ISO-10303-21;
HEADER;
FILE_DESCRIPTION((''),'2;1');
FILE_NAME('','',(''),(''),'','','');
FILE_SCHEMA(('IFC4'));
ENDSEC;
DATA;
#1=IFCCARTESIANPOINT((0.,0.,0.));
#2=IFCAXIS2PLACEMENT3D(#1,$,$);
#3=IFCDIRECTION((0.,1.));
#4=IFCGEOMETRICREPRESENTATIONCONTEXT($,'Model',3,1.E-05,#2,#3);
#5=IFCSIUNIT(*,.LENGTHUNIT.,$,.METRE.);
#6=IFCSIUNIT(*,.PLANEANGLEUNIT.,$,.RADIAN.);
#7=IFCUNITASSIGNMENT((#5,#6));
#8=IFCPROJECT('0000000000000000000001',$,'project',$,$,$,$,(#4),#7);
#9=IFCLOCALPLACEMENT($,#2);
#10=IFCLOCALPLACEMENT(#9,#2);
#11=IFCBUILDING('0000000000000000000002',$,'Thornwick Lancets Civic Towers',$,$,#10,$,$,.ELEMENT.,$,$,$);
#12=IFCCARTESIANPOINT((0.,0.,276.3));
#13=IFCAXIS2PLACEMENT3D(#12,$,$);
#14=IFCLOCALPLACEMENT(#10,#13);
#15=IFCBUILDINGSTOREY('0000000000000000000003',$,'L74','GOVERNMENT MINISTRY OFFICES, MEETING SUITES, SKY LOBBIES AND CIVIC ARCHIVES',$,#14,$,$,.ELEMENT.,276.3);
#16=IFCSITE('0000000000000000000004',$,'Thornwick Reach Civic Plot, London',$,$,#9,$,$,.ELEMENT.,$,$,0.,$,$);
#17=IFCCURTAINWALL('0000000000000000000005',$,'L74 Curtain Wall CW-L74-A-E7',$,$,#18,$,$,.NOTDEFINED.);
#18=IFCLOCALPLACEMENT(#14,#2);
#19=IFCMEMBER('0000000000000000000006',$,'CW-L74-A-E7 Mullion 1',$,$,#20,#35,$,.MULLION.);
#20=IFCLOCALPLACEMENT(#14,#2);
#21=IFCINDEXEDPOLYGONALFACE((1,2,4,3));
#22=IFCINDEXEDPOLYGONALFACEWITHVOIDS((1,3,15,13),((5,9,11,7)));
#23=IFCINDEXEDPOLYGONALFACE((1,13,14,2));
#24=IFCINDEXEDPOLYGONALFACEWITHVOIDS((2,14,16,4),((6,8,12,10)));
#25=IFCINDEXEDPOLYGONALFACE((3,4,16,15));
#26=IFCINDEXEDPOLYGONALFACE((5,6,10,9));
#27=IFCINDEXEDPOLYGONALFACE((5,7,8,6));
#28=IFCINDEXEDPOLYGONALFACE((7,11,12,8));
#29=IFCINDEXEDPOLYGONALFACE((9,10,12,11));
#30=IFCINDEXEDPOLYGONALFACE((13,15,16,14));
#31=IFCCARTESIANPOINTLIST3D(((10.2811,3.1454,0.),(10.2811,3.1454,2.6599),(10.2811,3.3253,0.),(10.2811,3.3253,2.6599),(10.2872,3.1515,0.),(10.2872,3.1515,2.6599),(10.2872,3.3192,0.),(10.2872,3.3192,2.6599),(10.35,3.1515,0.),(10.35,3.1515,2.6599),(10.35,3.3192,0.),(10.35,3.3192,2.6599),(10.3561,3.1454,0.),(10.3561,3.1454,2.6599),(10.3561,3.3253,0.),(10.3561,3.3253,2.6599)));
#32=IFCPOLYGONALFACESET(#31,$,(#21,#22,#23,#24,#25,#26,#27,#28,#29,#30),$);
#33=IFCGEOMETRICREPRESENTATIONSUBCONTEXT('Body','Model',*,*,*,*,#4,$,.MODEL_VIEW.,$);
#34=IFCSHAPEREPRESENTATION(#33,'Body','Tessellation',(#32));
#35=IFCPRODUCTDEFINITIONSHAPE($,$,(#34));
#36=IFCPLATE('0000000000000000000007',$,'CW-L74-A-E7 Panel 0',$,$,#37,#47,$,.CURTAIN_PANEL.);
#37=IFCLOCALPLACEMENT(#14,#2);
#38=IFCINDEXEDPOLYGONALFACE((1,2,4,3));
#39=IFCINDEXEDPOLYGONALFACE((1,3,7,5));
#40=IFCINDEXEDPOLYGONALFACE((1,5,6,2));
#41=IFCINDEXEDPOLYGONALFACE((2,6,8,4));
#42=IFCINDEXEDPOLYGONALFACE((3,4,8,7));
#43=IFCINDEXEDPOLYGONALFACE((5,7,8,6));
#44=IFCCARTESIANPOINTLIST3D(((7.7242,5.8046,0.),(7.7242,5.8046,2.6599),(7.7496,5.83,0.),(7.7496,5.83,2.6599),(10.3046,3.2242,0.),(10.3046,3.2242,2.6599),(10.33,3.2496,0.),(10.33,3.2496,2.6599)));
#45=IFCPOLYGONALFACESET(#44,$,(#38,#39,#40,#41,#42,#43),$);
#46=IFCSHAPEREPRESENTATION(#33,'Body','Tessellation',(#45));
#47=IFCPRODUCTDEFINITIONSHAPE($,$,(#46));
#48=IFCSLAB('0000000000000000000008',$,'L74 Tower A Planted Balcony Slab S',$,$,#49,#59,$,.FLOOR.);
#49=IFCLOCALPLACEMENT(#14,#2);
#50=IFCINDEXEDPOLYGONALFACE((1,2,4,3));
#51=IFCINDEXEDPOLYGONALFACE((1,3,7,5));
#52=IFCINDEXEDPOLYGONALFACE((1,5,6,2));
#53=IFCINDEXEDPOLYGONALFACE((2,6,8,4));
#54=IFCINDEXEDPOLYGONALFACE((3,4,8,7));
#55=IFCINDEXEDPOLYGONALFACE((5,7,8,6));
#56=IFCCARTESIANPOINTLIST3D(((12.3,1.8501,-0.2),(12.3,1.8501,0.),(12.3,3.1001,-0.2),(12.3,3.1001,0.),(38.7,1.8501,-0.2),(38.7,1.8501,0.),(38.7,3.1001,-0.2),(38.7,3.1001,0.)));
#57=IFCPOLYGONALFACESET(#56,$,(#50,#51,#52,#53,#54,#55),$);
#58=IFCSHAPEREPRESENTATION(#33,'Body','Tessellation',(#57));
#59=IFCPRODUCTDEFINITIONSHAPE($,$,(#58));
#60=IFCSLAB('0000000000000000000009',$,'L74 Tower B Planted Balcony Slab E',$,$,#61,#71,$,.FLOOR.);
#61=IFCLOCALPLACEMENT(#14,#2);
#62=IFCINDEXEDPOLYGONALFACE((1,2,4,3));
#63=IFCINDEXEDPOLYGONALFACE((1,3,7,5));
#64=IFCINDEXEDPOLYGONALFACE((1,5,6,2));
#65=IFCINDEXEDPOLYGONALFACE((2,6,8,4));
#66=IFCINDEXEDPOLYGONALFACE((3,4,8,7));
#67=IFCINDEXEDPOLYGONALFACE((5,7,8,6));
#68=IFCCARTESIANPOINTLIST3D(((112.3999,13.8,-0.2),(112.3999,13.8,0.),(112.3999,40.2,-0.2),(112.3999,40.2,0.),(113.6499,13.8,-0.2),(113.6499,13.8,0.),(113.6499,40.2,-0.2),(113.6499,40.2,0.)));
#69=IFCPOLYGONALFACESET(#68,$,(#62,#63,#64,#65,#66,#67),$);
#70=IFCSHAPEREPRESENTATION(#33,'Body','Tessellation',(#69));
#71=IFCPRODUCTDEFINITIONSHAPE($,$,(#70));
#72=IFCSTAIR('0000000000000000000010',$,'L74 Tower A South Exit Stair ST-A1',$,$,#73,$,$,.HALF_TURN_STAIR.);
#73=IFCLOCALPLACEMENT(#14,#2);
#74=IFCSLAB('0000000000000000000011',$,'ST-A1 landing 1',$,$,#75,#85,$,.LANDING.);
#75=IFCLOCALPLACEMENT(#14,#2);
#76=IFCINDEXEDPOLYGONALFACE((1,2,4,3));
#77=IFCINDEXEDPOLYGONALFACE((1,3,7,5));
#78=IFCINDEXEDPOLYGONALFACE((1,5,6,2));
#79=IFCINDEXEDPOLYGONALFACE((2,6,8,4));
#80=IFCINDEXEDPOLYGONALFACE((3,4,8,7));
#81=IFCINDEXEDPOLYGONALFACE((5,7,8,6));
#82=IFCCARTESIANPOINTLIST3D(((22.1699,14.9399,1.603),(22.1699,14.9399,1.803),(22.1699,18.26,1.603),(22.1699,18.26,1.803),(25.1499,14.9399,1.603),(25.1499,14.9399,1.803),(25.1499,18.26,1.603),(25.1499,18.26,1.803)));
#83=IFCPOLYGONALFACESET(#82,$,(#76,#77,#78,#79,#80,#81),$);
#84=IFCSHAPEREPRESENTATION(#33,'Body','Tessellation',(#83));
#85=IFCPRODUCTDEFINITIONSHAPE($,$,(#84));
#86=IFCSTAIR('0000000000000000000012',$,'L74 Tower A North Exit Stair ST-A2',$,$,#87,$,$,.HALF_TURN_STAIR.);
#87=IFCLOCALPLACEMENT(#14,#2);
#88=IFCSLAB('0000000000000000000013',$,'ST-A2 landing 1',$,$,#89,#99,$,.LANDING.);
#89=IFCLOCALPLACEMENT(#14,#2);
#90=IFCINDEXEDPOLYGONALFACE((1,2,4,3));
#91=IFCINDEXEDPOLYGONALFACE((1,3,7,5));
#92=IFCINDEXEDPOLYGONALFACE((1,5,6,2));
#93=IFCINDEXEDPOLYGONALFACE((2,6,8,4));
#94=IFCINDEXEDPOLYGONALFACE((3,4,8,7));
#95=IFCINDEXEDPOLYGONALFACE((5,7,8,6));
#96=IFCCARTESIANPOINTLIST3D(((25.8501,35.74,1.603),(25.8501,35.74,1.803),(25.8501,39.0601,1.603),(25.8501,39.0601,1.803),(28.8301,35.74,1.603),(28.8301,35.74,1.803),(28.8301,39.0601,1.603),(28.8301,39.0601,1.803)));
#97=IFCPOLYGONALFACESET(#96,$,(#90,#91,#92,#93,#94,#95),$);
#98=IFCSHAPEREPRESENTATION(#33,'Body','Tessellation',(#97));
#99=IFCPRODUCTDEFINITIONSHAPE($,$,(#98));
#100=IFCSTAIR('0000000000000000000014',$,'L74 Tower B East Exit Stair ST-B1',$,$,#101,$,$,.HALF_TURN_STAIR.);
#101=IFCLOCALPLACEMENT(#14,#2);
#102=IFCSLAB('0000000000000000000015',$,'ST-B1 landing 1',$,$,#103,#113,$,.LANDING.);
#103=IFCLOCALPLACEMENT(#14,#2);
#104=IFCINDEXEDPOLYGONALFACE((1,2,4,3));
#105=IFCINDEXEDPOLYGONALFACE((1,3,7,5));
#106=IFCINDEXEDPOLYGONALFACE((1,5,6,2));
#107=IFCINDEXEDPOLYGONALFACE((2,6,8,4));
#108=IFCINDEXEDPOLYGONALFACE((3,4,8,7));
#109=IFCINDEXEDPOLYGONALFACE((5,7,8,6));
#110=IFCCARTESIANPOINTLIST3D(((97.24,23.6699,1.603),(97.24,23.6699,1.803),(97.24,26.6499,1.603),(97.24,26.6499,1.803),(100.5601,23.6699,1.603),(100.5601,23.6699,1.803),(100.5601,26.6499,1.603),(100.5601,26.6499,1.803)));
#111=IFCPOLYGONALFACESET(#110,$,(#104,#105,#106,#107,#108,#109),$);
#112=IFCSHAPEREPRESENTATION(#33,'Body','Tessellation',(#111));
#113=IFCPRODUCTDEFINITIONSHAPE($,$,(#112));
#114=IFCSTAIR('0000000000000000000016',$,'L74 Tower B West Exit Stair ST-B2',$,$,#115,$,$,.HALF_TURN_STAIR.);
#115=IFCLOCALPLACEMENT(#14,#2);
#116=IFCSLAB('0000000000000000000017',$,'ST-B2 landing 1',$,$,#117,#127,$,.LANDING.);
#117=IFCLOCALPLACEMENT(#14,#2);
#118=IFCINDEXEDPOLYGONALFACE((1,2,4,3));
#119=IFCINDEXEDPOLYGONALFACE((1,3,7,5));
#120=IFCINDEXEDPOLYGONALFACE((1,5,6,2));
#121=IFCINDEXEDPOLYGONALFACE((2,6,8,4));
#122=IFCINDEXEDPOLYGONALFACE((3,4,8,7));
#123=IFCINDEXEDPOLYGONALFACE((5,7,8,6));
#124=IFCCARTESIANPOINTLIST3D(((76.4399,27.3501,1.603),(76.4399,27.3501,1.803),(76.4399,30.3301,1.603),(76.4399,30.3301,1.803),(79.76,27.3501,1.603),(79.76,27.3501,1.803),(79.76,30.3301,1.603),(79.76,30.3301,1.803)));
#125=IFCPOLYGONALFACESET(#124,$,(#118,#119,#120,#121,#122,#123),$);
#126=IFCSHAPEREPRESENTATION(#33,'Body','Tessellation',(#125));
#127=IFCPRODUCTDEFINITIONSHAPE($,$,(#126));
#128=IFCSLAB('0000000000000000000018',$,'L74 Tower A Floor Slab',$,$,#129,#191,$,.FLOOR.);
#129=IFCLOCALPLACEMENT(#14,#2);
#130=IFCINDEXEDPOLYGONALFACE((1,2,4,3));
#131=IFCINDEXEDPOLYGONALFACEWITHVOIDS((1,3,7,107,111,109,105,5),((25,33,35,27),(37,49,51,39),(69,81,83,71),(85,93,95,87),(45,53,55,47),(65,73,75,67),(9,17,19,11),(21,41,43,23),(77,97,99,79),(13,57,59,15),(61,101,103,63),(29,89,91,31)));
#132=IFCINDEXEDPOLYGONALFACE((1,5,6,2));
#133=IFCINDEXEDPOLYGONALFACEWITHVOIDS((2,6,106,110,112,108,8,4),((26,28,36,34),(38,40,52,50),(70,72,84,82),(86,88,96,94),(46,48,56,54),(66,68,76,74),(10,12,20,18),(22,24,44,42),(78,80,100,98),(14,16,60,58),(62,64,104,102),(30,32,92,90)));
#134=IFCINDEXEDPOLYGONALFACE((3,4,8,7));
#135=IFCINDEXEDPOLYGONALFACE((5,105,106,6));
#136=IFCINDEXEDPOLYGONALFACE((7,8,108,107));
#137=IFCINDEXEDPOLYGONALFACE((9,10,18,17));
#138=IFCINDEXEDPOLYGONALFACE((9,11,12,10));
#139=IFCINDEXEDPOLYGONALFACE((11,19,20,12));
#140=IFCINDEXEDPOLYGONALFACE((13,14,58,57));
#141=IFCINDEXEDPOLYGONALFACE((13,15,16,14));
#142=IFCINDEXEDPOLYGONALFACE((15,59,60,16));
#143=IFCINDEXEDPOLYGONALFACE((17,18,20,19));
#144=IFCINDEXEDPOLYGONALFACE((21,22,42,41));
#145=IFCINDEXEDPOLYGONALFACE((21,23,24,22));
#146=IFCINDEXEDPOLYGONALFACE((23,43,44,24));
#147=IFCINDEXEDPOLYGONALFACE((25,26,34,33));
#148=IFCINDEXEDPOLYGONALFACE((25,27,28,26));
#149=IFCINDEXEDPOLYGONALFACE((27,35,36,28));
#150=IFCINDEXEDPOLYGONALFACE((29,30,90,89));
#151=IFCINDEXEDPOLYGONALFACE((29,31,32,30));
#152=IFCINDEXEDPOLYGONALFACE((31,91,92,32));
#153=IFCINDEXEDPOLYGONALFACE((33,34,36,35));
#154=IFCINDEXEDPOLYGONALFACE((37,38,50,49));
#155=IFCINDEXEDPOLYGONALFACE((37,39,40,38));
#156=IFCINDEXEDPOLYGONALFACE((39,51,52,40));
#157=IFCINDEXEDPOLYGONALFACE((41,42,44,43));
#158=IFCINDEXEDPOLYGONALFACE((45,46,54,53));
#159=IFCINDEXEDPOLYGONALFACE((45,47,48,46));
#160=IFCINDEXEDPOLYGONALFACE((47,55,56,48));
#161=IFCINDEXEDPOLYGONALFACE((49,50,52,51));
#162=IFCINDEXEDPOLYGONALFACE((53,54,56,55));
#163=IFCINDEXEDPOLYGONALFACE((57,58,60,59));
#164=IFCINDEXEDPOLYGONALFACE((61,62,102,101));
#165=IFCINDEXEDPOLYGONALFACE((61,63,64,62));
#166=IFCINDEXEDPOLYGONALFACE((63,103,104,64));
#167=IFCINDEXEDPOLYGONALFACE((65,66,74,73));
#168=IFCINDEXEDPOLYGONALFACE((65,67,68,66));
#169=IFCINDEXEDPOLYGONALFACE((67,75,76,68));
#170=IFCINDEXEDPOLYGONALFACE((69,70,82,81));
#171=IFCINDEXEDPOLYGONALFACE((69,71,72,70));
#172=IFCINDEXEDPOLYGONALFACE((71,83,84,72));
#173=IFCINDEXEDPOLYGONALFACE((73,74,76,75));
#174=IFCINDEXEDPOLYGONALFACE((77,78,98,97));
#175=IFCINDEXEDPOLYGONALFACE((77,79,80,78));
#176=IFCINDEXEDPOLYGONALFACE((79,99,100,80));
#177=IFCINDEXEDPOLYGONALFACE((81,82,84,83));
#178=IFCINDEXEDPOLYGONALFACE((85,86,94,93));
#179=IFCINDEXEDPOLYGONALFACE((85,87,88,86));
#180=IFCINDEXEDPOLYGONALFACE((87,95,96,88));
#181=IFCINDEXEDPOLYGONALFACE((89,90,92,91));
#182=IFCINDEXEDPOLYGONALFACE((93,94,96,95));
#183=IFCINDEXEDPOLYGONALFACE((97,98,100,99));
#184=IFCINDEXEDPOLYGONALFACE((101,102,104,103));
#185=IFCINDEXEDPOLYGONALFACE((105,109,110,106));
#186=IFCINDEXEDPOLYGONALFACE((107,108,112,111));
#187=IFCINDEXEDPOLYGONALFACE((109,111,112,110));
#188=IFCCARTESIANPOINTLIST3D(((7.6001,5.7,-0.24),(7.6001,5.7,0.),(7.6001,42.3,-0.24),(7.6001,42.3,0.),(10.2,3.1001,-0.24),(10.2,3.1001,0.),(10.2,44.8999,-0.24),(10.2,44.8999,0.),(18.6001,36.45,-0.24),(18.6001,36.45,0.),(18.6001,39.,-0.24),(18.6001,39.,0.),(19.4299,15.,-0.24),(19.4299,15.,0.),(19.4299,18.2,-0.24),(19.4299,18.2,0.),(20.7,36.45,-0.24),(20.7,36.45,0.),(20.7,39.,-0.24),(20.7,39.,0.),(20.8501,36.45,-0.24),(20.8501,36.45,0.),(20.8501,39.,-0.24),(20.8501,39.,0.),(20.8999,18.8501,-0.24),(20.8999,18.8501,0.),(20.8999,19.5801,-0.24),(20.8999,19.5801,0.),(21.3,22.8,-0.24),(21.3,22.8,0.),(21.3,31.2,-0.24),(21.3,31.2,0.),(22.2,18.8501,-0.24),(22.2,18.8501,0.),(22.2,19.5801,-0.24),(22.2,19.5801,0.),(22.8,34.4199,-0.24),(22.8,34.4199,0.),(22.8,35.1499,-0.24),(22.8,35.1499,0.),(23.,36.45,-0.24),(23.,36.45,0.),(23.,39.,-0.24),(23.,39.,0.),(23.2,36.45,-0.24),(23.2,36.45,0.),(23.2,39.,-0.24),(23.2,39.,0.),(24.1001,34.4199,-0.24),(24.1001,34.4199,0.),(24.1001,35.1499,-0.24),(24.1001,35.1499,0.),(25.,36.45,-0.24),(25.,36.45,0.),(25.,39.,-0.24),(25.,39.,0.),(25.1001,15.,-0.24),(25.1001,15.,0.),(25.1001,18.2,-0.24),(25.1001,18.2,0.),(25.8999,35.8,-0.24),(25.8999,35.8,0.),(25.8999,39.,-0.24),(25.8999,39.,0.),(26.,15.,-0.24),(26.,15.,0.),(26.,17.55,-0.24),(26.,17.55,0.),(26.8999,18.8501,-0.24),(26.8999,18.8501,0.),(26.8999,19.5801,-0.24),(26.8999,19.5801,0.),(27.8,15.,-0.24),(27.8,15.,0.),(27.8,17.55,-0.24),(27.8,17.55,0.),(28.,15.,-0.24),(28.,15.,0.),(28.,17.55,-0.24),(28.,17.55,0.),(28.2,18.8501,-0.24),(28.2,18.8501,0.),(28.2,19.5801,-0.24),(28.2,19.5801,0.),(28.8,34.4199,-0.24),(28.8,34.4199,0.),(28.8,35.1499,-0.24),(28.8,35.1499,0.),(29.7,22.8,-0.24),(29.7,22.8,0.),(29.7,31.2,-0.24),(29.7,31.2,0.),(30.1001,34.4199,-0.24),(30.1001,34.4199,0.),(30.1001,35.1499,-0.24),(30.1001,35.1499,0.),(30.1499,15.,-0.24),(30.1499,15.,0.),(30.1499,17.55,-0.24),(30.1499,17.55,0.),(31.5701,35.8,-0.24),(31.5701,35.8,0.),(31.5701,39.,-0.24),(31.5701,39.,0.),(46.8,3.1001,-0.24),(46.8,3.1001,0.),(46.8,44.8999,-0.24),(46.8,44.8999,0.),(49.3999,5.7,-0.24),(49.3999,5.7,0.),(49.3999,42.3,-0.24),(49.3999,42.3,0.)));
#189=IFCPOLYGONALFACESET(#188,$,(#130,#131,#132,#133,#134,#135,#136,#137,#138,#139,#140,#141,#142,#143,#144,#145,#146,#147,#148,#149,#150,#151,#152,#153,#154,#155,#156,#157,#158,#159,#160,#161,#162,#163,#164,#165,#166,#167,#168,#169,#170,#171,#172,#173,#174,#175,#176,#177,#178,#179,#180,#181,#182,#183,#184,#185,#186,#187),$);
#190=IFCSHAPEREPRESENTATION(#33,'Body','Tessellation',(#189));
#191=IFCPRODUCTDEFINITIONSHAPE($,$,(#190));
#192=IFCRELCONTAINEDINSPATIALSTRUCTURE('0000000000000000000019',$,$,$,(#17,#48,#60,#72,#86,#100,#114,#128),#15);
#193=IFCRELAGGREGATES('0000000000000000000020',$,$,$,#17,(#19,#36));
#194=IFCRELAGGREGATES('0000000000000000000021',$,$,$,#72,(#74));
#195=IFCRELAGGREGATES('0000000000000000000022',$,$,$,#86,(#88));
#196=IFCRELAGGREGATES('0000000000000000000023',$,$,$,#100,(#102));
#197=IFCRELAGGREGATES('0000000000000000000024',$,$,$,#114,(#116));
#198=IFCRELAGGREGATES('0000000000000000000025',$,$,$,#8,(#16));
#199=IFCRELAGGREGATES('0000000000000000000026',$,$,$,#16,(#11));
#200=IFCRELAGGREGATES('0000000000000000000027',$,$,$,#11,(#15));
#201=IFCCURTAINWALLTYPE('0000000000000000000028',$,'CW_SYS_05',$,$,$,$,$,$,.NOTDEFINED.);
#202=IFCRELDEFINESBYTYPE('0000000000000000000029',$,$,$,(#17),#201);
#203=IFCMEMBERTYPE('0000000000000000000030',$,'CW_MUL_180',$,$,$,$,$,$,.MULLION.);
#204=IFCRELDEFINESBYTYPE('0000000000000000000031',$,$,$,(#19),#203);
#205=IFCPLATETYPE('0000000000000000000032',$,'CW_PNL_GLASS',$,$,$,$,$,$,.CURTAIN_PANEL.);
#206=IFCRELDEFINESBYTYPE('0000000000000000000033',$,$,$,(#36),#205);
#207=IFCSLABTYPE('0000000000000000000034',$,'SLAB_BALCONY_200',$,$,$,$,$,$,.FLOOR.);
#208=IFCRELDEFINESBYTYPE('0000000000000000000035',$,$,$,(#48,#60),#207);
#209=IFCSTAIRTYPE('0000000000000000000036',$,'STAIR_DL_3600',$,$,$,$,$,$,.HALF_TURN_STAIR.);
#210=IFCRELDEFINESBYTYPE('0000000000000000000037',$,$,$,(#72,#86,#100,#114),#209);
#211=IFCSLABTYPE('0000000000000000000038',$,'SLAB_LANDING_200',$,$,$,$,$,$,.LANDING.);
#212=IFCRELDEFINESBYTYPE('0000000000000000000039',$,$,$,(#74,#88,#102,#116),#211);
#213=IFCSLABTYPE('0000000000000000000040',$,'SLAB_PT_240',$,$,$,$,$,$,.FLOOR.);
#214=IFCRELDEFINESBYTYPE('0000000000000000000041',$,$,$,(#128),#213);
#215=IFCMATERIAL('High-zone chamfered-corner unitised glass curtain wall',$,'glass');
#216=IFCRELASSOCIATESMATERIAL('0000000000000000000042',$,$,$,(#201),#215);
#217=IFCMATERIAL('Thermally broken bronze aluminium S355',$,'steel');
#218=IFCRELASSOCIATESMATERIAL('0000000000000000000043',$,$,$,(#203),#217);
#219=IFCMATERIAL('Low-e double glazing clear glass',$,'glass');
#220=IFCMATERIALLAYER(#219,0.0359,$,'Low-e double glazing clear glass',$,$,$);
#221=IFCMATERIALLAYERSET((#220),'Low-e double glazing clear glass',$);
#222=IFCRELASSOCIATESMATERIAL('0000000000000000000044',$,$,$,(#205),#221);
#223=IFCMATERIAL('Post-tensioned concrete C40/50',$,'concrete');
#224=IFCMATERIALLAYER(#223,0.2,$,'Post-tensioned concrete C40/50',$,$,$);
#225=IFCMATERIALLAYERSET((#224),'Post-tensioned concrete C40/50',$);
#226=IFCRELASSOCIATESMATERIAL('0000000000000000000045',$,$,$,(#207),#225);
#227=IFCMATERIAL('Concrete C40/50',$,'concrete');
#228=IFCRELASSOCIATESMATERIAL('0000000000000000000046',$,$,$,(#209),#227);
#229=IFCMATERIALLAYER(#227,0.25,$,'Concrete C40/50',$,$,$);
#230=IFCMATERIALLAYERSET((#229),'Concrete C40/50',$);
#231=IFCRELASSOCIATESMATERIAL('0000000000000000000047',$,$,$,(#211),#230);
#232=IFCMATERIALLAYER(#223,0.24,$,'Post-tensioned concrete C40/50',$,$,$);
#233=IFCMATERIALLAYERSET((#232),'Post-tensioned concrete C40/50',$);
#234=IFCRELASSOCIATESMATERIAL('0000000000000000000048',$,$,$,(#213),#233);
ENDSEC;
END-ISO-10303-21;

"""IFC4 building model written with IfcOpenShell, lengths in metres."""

from ifc_helpers import new_model, si_unit, direction, frame, origin, origin_2d, place, context, subcontext, project, spatial, polyline, rectangle, hollow_rectangle, outline, extrude, material, layer, layer_set, material_profile, profile_set, type_object, element, aggregate, save


model = new_model("IFC4")

# Units and contexts
model_context = context("Model", 3, precision=1e-05, world=origin(), true_north=direction((0.0, 1.0)))
body_context = subcontext(model_context, "Body", "Model", "MODEL_VIEW")
ifc_project = project(units=[si_unit("LENGTHUNIT", "METRE"), si_unit("PLANEANGLEUNIT", "RADIAN")], contexts=[model_context])

# Site, building, storey
site_placement = place(None, origin())
site = spatial("IfcSite", under=ifc_project, at=site_placement, Name="Thornwick Reach Civic Plot, London", CompositionType="ELEMENT", RefElevation=0.0)
building_placement = place(site_placement, origin())
building = spatial("IfcBuilding", under=site, at=building_placement, Name="Thornwick Lancets Civic Towers", CompositionType="ELEMENT")
storey_placement = place(building_placement, frame((0.0, 0.0, 276.3)))
storey = spatial("IfcBuildingStorey", under=building, at=storey_placement, Name="L74", Description="GOVERNMENT MINISTRY OFFICES, MEETING SUITES, SKY LOBBIES AND CIVIC ARCHIVES", CompositionType="ELEMENT", Elevation=276.3)

# Curtain wall, member, plate
ifc_material_1 = material(Name="High-zone chamfered-corner unitised glass curtain wall", Category="glass")
curtain_wall_type = type_object("IfcCurtainWallType", Name="CW_SYS_05", PredefinedType="NOTDEFINED", material=ifc_material_1)
curtain_wall_placement = place(storey_placement, origin())
curtain_wall = element("IfcCurtainWall", 1, at=curtain_wall_placement, inside=storey, type_object=curtain_wall_type, Name="L74 Curtain Wall CW-L74-A-E7", PredefinedType="NOTDEFINED")
ifc_material_2 = material(Name="Thermally broken bronze aluminium S355", Category="steel")
ifc_material_profile = material_profile(ifc_material_2, hollow_rectangle(XDim=0.075, YDim=0.1799, WallThickness=0.0061, at=origin_2d()), Name="RHS 180x75x6")
ifc_profile_set = profile_set([ifc_material_profile], Name="Thermally broken bronze aluminium S355")
member_type = type_object("IfcMemberType", Name="CW_MUL_180", PredefinedType="MULLION", material=ifc_profile_set)
member_placement = place(storey_placement, frame((10.3186, 3.2354, 0.0), z_axis=(0.0, 0.0, 1.0), x_axis=(1.0, 0.0, 0.0)))
member = element("IfcMember", 2, at=member_placement, type_object=member_type, Name="CW-L74-A-E7 Mullion 1", PredefinedType="MULLION", context=body_context, shape_type="SweptSolid", body=[
    extrude(hollow_rectangle(XDim=0.075, YDim=0.1799, WallThickness=0.0061, at=origin_2d()), origin(), (0.0, 0.0, 1.0), 2.6599),
])
ifc_material_3 = material(Name="Low-e double glazing clear glass", Category="glass")
ifc_layer_1 = layer(ifc_material_3, 0.0359, Name="Low-e double glazing clear glass")
ifc_layer_set_1 = layer_set([ifc_layer_1], Name="Low-e double glazing clear glass")
plate_type = type_object("IfcPlateType", Name="CW_PNL_GLASS", PredefinedType="CURTAIN_PANEL", material=ifc_layer_set_1)
plate_placement = place(storey_placement, frame((9.0271, 4.5271, 0.0), z_axis=(0.0, 0.0, 1.0), x_axis=(0.707107, -0.707107, 0.0)))
plate = element("IfcPlate", 3, at=plate_placement, type_object=plate_type, Name="CW-L74-A-E7 Panel 0", PredefinedType="CURTAIN_PANEL", context=body_context, shape_type="SweptSolid", body=[
    extrude(rectangle(XDim=3.6492, YDim=0.0359, at=origin_2d()), origin(), (0.0, 0.0, 1.0), 2.6599),
])
aggregate(curtain_wall, [member, plate])

# Slabs
ifc_material_4 = material(Name="Post-tensioned concrete C40/50", Category="concrete")
ifc_layer_2 = layer(ifc_material_4, 0.2, Name="Post-tensioned concrete C40/50")
ifc_layer_set_2 = layer_set([ifc_layer_2], Name="Post-tensioned concrete C40/50")
slab_type_1 = type_object("IfcSlabType", Name="SLAB_BALCONY_200", PredefinedType="FLOOR", material=ifc_layer_set_2)
slab_1_placement = place(storey_placement, frame((0.0, 0.0, -0.2)))
element("IfcSlab", 4, at=slab_1_placement, inside=storey, type_object=slab_type_1, Name="L74 Tower A Planted Balcony Slab S", PredefinedType="FLOOR", context=body_context, shape_type="SweptSolid", body=[
    extrude(outline(polyline([(12.3, 1.8501), (38.7, 1.8501), (38.7, 3.1001), (12.3, 3.1001), (12.3, 1.8501)])), origin(), (0.0, 0.0, 1.0), 0.2),
])
slab_2_placement = place(storey_placement, frame((0.0, 0.0, -0.2)))
element("IfcSlab", 5, at=slab_2_placement, inside=storey, type_object=slab_type_1, Name="L74 Tower B Planted Balcony Slab E", PredefinedType="FLOOR", context=body_context, shape_type="SweptSolid", body=[
    extrude(outline(polyline([(112.3999, 13.8), (113.6499, 13.8), (113.6499, 40.2), (112.3999, 40.2), (112.3999, 13.8)])), origin(), (0.0, 0.0, 1.0), 0.2),
])

# Stairs, slabs
ifc_material_5 = material(Name="Concrete C40/50", Category="concrete")
stair_type = type_object("IfcStairType", Name="STAIR_DL_3600", PredefinedType="HALF_TURN_STAIR", material=ifc_material_5)
stair_1_placement = place(storey_placement, origin())
stair_1 = element("IfcStair", 6, at=stair_1_placement, inside=storey, type_object=stair_type, Name="L74 Tower A South Exit Stair ST-A1", PredefinedType="HALF_TURN_STAIR")
ifc_layer_3 = layer(ifc_material_5, 0.25, Name="Concrete C40/50")
ifc_layer_set_3 = layer_set([ifc_layer_3], Name="Concrete C40/50")
slab_type_2 = type_object("IfcSlabType", Name="SLAB_LANDING_200", PredefinedType="LANDING", material=ifc_layer_set_3)
slab_3_placement = place(storey_placement, frame((0.0, 0.0, 1.603)))
slab_3 = element("IfcSlab", 7, at=slab_3_placement, type_object=slab_type_2, Name="ST-A1 landing 1", PredefinedType="LANDING", context=body_context, shape_type="SweptSolid", body=[
    extrude(outline(polyline([(22.1699, 14.9399), (25.1499, 14.9399), (25.1499, 18.26), (22.1699, 18.26), (22.1699, 14.9399)])), origin(), (0.0, 0.0, 1.0), 0.2),
])
aggregate(stair_1, [slab_3])
stair_2_placement = place(storey_placement, origin())
stair_2 = element("IfcStair", 8, at=stair_2_placement, inside=storey, type_object=stair_type, Name="L74 Tower A North Exit Stair ST-A2", PredefinedType="HALF_TURN_STAIR")
slab_4_placement = place(storey_placement, frame((0.0, 0.0, 1.603)))
slab_4 = element("IfcSlab", 9, at=slab_4_placement, type_object=slab_type_2, Name="ST-A2 landing 1", PredefinedType="LANDING", context=body_context, shape_type="SweptSolid", body=[
    extrude(outline(polyline([(28.8301, 39.0601), (25.8501, 39.0601), (25.8501, 35.74), (28.8301, 35.74), (28.8301, 39.0601)])), origin(), (0.0, 0.0, 1.0), 0.2),
])
aggregate(stair_2, [slab_4])
stair_3_placement = place(storey_placement, origin())
stair_3 = element("IfcStair", 10, at=stair_3_placement, inside=storey, type_object=stair_type, Name="L74 Tower B East Exit Stair ST-B1", PredefinedType="HALF_TURN_STAIR")
slab_5_placement = place(storey_placement, frame((0.0, 0.0, 1.603)))
slab_5 = element("IfcSlab", 11, at=slab_5_placement, type_object=slab_type_2, Name="ST-B1 landing 1", PredefinedType="LANDING", context=body_context, shape_type="SweptSolid", body=[
    extrude(outline(polyline([(100.5601, 23.6699), (100.5601, 26.6499), (97.24, 26.6499), (97.24, 23.6699), (100.5601, 23.6699)])), origin(), (0.0, 0.0, 1.0), 0.2),
])
aggregate(stair_3, [slab_5])
stair_4_placement = place(storey_placement, origin())
stair_4 = element("IfcStair", 12, at=stair_4_placement, inside=storey, type_object=stair_type, Name="L74 Tower B West Exit Stair ST-B2", PredefinedType="HALF_TURN_STAIR")
slab_6_placement = place(storey_placement, frame((0.0, 0.0, 1.603)))
slab_6 = element("IfcSlab", 13, at=slab_6_placement, type_object=slab_type_2, Name="ST-B2 landing 1", PredefinedType="LANDING", context=body_context, shape_type="SweptSolid", body=[
    extrude(outline(polyline([(76.4399, 30.3301), (76.4399, 27.3501), (79.76, 27.3501), (79.76, 30.3301), (76.4399, 30.3301)])), origin(), (0.0, 0.0, 1.0), 0.2),
])
aggregate(stair_4, [slab_6])

# Slab
ifc_layer_4 = layer(ifc_material_4, 0.24, Name="Post-tensioned concrete C40/50")
ifc_layer_set_4 = layer_set([ifc_layer_4], Name="Post-tensioned concrete C40/50")
slab_type_3 = type_object("IfcSlabType", Name="SLAB_PT_240", PredefinedType="FLOOR", material=ifc_layer_set_4)
slab_7_placement = place(storey_placement, frame((0.0, 0.0, -0.24)))
element("IfcSlab", 14, at=slab_7_placement, inside=storey, type_object=slab_type_3, Name="L74 Tower A Floor Slab", PredefinedType="FLOOR", context=body_context, shape_type="SweptSolid", body=[
    extrude(outline(polyline([(10.2, 3.1001), (46.8, 3.1001), (49.3999, 5.7), (49.3999, 42.3), (46.8, 44.8999), (10.2, 44.8999), (7.6001, 42.3), (7.6001, 5.7), (10.2, 3.1001)]), holes=[polyline([(21.3, 22.8), (29.7, 22.8), (29.7, 31.2), (21.3, 31.2), (21.3, 22.8)]), polyline([(19.4299, 15.0), (25.1001, 15.0), (25.1001, 18.2), (19.4299, 18.2), (19.4299, 15.0)]), polyline([(31.5701, 39.0), (25.8999, 39.0), (25.8999, 35.8), (31.5701, 35.8), (31.5701, 39.0)]), polyline([(26.0, 15.0), (27.8, 15.0), (27.8, 17.55), (26.0, 17.55), (26.0, 15.0)]), polyline([(28.0, 15.0), (30.1499, 15.0), (30.1499, 17.55), (28.0, 17.55), (28.0, 15.0)]), polyline([(23.2, 36.45), (25.0, 36.45), (25.0, 39.0), (23.2, 39.0), (23.2, 36.45)]), polyline([(20.8501, 36.45), (23.0, 36.45), (23.0, 39.0), (20.8501, 39.0), (20.8501, 36.45)]), polyline([(18.6001, 36.45), (20.7, 36.45), (20.7, 39.0), (18.6001, 39.0), (18.6001, 36.45)]), polyline([(26.8999, 18.8501), (28.2, 18.8501), (28.2, 19.5801), (26.8999, 19.5801), (26.8999, 18.8501)]), polyline([(20.8999, 18.8501), (22.2, 18.8501), (22.2, 19.5801), (20.8999, 19.5801), (20.8999, 18.8501)]), polyline([(22.8, 34.4199), (24.1001, 34.4199), (24.1001, 35.1499), (22.8, 35.1499), (22.8, 34.4199)]), polyline([(28.8, 34.4199), (30.1001, 34.4199), (30.1001, 35.1499), (28.8, 35.1499), (28.8, 34.4199)])]), origin(), (0.0, 0.0, 1.0), 0.24),
])

save(model, "model.ifc")
